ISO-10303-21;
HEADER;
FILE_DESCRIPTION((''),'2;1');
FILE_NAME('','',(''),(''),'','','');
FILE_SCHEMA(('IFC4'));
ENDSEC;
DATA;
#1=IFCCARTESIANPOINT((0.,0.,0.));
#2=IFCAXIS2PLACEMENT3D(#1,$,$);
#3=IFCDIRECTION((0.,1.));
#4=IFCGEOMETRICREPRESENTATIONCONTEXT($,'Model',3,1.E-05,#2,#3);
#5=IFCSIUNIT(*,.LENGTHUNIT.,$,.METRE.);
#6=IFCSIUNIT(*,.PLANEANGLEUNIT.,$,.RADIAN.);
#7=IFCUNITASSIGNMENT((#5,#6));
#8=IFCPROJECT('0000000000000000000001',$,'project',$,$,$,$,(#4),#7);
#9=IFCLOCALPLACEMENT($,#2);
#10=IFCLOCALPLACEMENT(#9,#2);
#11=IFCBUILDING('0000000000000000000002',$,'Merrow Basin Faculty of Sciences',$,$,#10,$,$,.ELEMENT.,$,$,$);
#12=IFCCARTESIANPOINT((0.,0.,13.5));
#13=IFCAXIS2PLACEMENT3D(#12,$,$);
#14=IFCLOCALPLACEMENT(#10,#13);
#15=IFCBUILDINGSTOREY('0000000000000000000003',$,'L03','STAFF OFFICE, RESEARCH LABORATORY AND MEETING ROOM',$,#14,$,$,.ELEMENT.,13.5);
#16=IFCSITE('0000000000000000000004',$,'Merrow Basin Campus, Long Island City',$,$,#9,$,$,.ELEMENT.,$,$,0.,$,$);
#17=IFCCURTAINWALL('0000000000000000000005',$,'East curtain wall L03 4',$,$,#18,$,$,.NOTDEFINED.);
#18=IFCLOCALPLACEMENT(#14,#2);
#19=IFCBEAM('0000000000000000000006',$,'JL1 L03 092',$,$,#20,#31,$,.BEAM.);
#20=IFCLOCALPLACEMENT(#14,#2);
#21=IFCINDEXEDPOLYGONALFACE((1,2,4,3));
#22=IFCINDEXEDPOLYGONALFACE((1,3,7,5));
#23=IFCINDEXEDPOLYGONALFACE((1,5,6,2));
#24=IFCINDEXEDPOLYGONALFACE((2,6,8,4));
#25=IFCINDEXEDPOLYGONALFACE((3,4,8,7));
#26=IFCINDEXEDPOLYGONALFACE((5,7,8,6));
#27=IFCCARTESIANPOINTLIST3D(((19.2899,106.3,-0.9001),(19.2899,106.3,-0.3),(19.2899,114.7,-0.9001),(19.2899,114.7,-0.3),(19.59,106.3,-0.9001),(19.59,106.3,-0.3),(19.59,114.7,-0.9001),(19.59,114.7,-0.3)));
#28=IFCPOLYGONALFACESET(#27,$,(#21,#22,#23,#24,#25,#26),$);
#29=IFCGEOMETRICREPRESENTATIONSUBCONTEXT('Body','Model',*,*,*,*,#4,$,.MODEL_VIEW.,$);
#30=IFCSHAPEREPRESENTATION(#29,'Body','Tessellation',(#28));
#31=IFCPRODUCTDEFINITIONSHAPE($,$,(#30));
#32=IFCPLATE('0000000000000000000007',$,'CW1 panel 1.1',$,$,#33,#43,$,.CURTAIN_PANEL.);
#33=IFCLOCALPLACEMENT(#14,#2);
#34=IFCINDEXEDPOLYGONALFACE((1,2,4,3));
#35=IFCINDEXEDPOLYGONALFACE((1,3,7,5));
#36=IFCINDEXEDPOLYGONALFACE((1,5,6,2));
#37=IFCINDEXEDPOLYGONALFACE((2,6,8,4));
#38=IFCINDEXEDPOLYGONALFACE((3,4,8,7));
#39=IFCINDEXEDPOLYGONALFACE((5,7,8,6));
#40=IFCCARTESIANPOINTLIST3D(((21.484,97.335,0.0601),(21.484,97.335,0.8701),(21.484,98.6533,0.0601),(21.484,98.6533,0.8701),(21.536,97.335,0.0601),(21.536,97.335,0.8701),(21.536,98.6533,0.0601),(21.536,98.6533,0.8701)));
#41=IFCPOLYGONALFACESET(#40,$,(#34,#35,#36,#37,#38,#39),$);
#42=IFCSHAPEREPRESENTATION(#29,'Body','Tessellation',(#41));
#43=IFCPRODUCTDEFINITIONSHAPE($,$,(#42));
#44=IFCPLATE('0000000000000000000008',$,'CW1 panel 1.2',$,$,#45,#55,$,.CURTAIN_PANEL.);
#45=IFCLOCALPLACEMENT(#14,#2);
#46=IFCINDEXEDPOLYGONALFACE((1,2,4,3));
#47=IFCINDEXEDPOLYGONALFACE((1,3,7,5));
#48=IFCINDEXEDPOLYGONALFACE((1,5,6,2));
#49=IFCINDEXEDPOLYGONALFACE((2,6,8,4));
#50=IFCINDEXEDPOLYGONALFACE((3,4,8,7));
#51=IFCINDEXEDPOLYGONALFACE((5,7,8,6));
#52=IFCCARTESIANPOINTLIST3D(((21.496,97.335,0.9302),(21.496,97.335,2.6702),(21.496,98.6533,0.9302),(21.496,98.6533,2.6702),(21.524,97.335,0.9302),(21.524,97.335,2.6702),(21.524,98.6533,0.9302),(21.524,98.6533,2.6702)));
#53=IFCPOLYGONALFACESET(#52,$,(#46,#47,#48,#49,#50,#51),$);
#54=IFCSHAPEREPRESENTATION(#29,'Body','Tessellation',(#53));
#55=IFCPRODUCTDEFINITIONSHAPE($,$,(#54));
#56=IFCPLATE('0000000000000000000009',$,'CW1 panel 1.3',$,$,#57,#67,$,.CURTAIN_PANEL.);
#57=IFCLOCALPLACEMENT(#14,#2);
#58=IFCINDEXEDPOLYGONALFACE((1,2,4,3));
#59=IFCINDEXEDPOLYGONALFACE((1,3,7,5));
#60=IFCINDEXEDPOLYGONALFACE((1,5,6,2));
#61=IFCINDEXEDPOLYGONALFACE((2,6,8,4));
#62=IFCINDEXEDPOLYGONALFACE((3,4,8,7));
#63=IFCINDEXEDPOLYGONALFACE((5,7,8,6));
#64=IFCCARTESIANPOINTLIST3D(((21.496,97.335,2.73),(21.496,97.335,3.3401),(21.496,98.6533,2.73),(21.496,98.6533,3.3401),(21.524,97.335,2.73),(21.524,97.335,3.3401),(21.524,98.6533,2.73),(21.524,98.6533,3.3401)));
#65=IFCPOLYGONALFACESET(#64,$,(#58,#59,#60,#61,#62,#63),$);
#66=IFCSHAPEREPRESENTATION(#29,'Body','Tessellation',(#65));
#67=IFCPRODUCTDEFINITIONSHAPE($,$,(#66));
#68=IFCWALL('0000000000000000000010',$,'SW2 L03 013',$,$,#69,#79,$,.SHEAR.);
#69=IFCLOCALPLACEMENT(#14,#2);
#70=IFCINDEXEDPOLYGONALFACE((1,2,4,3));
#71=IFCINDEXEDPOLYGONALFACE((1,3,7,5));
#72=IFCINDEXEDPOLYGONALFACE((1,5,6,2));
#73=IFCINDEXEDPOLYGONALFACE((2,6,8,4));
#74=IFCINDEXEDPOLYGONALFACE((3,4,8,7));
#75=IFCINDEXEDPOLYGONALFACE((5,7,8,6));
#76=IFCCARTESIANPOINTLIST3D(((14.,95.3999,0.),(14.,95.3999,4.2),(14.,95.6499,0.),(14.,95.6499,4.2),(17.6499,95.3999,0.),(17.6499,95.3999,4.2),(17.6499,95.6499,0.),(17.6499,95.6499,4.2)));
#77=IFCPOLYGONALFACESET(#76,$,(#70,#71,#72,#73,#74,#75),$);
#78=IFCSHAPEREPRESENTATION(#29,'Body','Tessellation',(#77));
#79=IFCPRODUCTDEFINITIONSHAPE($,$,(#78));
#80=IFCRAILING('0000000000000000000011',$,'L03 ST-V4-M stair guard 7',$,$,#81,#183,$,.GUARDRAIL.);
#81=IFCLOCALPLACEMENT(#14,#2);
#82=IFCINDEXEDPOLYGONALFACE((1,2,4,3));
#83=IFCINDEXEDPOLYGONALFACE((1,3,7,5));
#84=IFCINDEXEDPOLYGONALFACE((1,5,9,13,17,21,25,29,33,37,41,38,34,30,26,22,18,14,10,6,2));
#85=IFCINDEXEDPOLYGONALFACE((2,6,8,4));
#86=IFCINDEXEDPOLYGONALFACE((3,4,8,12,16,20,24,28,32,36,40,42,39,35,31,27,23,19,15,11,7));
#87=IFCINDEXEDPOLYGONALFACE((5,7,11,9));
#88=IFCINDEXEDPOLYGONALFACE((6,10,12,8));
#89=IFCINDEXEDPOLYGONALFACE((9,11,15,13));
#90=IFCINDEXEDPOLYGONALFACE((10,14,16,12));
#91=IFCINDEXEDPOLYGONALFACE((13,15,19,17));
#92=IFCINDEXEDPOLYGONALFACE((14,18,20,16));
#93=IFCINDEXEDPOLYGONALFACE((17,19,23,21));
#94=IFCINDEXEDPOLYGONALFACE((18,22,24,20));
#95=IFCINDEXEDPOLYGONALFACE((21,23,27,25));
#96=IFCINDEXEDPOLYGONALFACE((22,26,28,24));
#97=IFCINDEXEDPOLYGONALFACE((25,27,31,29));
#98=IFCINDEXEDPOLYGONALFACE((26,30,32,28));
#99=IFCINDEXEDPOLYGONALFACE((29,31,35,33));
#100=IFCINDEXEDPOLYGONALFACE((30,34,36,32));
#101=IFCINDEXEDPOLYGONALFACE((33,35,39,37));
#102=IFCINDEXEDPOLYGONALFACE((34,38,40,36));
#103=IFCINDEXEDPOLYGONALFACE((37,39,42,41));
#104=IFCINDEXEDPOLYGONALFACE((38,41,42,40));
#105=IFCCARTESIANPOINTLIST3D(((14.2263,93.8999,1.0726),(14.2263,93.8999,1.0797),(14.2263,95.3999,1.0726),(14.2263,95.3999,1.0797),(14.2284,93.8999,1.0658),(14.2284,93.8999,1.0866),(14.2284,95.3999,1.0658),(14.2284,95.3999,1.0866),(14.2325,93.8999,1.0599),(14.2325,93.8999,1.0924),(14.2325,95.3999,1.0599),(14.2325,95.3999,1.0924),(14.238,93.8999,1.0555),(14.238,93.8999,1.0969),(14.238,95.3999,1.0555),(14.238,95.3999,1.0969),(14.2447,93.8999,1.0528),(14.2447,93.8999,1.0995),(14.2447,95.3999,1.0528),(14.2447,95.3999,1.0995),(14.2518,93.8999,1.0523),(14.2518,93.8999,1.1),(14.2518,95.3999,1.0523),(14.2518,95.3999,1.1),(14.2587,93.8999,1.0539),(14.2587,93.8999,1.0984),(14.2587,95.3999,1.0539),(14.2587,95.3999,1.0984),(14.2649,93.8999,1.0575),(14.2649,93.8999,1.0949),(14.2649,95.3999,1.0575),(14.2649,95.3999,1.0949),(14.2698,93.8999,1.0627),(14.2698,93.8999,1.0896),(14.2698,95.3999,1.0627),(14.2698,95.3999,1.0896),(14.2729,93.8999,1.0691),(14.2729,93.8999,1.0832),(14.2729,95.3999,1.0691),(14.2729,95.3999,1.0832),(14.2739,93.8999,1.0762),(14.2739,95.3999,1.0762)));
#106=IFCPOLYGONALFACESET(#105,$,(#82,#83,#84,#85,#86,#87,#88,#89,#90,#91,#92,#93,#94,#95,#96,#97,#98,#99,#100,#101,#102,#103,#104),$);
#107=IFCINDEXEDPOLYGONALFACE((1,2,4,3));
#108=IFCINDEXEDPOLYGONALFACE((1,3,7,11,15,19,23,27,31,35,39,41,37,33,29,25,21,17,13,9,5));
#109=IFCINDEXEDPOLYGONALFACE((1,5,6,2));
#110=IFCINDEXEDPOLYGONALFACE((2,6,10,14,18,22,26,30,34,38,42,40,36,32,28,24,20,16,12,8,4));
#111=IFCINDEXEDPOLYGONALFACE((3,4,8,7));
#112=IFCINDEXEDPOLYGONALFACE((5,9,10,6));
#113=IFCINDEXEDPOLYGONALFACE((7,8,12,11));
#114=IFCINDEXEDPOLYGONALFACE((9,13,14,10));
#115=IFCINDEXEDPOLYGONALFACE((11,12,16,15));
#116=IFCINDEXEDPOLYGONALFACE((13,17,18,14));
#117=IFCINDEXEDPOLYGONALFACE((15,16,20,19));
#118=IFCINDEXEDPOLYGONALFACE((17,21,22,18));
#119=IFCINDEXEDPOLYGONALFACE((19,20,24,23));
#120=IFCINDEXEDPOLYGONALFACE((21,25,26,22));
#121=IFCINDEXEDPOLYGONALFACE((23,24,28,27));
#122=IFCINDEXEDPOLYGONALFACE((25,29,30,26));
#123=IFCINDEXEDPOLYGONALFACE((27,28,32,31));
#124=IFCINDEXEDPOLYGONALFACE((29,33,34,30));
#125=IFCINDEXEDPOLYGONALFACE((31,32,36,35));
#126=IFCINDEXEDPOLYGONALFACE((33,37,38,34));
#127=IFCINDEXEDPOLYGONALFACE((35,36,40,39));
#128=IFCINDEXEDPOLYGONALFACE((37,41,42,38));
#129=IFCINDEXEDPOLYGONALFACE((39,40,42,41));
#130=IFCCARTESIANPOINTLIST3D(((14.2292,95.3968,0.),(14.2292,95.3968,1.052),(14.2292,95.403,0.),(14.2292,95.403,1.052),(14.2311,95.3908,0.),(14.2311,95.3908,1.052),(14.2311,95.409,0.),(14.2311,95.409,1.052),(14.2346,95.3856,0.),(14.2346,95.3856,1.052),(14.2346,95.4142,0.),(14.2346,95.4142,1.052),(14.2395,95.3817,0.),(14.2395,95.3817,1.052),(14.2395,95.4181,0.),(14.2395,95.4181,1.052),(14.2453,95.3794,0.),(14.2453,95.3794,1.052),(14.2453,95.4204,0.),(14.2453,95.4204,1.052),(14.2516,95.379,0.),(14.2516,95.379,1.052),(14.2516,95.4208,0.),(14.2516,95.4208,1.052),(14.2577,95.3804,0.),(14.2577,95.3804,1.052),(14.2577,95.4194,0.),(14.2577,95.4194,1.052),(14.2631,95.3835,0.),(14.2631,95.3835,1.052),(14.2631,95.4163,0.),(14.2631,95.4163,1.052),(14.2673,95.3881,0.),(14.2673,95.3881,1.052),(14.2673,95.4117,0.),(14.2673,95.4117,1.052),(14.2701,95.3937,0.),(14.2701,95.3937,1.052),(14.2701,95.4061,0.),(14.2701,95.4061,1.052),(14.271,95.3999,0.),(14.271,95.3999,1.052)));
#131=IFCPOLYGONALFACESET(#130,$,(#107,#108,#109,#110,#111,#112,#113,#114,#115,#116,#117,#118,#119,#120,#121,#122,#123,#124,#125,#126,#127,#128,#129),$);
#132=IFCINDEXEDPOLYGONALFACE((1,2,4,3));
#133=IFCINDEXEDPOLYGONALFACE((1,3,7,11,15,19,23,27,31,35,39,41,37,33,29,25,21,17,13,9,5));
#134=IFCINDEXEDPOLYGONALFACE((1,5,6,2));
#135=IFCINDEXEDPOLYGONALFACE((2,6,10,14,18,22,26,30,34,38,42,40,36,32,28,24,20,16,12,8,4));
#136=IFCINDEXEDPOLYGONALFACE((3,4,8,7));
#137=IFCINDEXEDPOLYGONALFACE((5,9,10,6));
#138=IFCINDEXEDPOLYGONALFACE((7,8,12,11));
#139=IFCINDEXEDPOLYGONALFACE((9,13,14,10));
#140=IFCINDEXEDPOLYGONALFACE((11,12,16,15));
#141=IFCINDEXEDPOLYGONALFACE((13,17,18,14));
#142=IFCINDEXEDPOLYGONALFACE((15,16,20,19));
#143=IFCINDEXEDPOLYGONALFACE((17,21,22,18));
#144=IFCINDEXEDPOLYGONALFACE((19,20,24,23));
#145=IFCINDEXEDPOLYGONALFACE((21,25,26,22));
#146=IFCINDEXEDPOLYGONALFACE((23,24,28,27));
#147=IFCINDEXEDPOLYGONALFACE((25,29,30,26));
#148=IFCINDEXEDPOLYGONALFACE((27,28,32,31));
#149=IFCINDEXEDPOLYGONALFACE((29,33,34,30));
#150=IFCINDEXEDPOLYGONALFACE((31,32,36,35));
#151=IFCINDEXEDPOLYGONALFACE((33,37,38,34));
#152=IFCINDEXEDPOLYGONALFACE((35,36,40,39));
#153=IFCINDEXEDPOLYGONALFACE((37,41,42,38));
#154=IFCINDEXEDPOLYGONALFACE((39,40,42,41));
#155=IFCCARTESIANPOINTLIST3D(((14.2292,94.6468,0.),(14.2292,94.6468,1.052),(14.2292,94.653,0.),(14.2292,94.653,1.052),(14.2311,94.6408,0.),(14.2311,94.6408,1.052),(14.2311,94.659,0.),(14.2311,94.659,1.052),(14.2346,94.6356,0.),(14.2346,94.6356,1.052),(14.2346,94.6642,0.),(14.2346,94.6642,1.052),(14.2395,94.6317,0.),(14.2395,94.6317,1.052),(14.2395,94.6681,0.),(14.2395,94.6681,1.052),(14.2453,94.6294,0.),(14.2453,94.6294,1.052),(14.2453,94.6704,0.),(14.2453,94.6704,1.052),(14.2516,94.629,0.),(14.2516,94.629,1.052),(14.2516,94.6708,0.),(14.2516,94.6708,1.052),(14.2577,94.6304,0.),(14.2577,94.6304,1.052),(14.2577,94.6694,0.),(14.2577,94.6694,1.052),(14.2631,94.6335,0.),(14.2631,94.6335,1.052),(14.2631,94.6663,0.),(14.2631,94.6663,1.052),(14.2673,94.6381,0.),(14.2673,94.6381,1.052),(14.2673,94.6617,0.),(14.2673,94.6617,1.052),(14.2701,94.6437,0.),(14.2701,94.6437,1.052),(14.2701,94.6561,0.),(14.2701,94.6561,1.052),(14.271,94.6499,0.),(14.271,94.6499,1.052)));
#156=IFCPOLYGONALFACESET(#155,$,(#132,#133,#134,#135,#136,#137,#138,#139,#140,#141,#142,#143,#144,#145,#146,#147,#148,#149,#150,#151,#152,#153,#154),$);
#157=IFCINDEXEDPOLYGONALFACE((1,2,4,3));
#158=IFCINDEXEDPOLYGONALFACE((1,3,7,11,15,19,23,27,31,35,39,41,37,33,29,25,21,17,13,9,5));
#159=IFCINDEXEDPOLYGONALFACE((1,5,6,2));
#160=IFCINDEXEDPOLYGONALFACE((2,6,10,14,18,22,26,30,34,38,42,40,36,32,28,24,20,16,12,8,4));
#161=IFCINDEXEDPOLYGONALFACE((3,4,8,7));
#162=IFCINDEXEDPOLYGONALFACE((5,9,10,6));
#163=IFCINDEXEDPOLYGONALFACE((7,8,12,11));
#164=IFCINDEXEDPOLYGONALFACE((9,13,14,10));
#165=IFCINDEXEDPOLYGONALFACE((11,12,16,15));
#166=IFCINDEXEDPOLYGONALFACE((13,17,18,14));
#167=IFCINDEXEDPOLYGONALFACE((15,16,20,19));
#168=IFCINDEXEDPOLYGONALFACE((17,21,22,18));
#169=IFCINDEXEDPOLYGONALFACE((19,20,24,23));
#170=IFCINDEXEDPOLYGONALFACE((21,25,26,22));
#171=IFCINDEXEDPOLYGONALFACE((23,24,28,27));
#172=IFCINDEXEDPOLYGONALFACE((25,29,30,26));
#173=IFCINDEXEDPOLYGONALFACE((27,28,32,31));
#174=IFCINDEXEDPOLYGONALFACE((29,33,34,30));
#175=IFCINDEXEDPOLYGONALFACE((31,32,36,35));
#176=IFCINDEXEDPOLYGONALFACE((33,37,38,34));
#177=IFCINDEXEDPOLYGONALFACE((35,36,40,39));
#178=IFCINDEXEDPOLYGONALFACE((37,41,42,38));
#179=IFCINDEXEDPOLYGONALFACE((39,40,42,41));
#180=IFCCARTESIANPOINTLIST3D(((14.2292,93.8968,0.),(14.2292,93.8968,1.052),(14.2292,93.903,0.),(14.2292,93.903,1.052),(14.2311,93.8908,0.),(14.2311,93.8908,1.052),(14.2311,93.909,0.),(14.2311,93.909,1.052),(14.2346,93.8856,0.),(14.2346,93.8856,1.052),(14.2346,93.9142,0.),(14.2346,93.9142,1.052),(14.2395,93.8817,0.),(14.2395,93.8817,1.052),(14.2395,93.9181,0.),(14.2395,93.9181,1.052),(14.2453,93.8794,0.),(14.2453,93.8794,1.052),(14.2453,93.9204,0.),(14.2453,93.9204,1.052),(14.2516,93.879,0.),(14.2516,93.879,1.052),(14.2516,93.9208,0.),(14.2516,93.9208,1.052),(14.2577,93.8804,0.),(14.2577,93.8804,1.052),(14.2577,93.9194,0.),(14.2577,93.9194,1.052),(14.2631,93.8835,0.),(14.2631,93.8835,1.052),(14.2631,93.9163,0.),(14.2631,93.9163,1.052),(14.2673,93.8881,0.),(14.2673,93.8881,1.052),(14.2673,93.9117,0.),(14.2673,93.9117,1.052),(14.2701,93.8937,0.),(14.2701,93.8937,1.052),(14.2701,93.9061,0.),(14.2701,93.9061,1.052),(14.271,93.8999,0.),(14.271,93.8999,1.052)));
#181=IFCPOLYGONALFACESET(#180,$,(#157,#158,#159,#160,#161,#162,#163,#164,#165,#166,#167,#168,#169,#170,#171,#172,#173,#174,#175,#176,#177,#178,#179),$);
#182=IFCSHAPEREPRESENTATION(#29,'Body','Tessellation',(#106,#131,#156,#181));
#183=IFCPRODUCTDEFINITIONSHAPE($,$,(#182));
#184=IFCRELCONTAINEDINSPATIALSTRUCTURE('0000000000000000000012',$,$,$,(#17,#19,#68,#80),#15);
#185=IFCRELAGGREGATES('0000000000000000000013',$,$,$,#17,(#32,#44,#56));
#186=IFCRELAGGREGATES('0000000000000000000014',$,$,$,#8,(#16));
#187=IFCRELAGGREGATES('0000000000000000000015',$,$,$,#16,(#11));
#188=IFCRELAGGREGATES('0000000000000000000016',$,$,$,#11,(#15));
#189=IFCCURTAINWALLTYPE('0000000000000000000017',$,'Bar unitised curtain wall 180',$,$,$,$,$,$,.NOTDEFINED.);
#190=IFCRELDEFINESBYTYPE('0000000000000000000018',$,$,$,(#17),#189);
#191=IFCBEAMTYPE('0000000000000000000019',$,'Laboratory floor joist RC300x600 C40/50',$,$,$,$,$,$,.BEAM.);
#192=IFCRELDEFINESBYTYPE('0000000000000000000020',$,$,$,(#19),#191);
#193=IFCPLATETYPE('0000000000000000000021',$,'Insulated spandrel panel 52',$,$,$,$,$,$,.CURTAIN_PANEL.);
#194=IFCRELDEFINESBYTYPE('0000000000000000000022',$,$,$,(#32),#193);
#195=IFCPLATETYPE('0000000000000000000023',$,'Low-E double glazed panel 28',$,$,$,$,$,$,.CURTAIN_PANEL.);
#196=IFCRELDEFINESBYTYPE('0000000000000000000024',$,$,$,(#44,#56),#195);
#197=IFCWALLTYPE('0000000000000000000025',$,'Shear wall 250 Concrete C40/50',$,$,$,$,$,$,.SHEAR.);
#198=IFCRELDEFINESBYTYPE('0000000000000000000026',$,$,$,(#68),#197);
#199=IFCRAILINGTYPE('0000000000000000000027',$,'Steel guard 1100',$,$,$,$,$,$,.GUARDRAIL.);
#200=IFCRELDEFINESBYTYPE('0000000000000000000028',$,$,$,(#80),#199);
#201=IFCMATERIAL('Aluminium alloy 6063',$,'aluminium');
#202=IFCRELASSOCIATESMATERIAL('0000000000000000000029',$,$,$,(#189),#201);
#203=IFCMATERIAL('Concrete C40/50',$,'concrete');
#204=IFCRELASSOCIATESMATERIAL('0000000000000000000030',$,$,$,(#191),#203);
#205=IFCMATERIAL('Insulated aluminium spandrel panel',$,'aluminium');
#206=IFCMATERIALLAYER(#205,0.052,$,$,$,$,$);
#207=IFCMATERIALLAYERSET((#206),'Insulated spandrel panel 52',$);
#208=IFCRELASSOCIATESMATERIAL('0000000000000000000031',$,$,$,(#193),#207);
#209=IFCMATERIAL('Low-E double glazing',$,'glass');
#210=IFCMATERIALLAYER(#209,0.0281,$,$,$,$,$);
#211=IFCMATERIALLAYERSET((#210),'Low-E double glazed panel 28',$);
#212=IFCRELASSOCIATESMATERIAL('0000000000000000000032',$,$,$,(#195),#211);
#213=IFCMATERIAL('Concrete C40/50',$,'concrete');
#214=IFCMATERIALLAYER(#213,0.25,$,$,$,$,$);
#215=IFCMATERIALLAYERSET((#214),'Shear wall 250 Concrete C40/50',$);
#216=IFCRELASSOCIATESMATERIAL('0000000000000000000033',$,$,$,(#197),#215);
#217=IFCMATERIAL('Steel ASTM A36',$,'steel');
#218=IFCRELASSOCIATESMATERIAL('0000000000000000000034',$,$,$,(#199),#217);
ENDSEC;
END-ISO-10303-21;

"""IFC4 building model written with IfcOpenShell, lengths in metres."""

from ifc_helpers import new_model, si_unit, direction, frame, frame_2d, origin, origin_2d, place, context, subcontext, project, spatial, rectangle, circle, extrude, material, layer, layer_set, material_profile, profile_set, type_object, element, aggregate, save


model = new_model("IFC4")

# Units and contexts
model_context = context("Model", 3, precision=1e-05, world=origin(), true_north=direction((0.0, 1.0)))
body_context = subcontext(model_context, "Body", "Model", "MODEL_VIEW")
ifc_project = project(units=[si_unit("LENGTHUNIT", "METRE"), si_unit("PLANEANGLEUNIT", "RADIAN")], contexts=[model_context])

# Site, building, storey
site_placement = place(None, origin())
site = spatial("IfcSite", under=ifc_project, at=site_placement, Name="Merrow Basin Campus, Long Island City", CompositionType="ELEMENT", RefElevation=0.0)
building_placement = place(site_placement, origin())
building = spatial("IfcBuilding", under=site, at=building_placement, Name="Merrow Basin Faculty of Sciences", CompositionType="ELEMENT")
storey_placement = place(building_placement, frame((0.0, 0.0, 13.5)))
storey = spatial("IfcBuildingStorey", under=building, at=storey_placement, Name="L03", Description="STAFF OFFICE, RESEARCH LABORATORY AND MEETING ROOM", CompositionType="ELEMENT", Elevation=13.5)

# Curtain wall
ifc_material_1 = material(Name="Aluminium alloy 6063", Category="aluminium")
curtain_wall_type = type_object("IfcCurtainWallType", Name="Bar unitised curtain wall 180", PredefinedType="NOTDEFINED", material=ifc_material_1)
curtain_wall_placement = place(storey_placement, origin())
curtain_wall = element("IfcCurtainWall", 1, at=curtain_wall_placement, inside=storey, type_object=curtain_wall_type, Name="East curtain wall L03 4", PredefinedType="NOTDEFINED")

# Beam
ifc_material_2 = material(Name="Concrete C40/50", Category="concrete")
ifc_material_profile_1 = material_profile(ifc_material_2, rectangle(XDim=0.3, YDim=0.6001, at=origin_2d()))
ifc_profile_set_1 = profile_set([ifc_material_profile_1], Name="Concrete C40/50")
beam_type = type_object("IfcBeamType", Name="Laboratory floor joist RC300x600 C40/50", PredefinedType="BEAM", material=ifc_profile_set_1)
for number, where, z_axis, x_axis, name in (
    (2, (19.4399, 106.3, -0.6001), (0.0, 1.0, 0.0), (-1.0, 0.0, 0.0), "JL1 L03 092"),
):
    element("IfcBeam", number, at=place(storey_placement, frame(where, z_axis=z_axis, x_axis=x_axis)), inside=storey, type_object=beam_type, Name=name, PredefinedType="BEAM", context=body_context, shape_type="SweptSolid", body=[
        extrude(rectangle(XDim=0.3, YDim=0.6001, at=origin_2d()), origin(), (0.0, 0.0, 1.0), 8.3999),
    ])

# Plates
ifc_material_3 = material(Name="Insulated aluminium spandrel panel", Category="aluminium")
ifc_layer_1 = layer(ifc_material_3, 0.052)
ifc_layer_set_1 = layer_set([ifc_layer_1], Name="Insulated spandrel panel 52")
plate_type_1 = type_object("IfcPlateType", Name="Insulated spandrel panel 52", PredefinedType="CURTAIN_PANEL", material=ifc_layer_set_1)
plate_1_placement = place(storey_placement, frame((21.51, 97.9941, 0.0601), z_axis=(0.0, 0.0, 1.0), x_axis=(0.0, 1.0, 0.0)))
plate_1 = element("IfcPlate", 3, at=plate_1_placement, type_object=plate_type_1, Name="CW1 panel 1.1", PredefinedType="CURTAIN_PANEL", context=body_context, shape_type="SweptSolid", body=[
    extrude(rectangle(XDim=1.3184, YDim=0.052, at=origin_2d()), origin(), (0.0, 0.0, 1.0), 0.8101),
])
ifc_material_4 = material(Name="Low-E double glazing", Category="glass")
ifc_layer_2 = layer(ifc_material_4, 0.0281)
ifc_layer_set_2 = layer_set([ifc_layer_2], Name="Low-E double glazed panel 28")
plate_type_2 = type_object("IfcPlateType", Name="Low-E double glazed panel 28", PredefinedType="CURTAIN_PANEL", material=ifc_layer_set_2)
plate_2_placement = place(storey_placement, frame((21.51, 97.9941, 0.9302), z_axis=(0.0, 0.0, 1.0), x_axis=(0.0, 1.0, 0.0)))
plate_2 = element("IfcPlate", 4, at=plate_2_placement, type_object=plate_type_2, Name="CW1 panel 1.2", PredefinedType="CURTAIN_PANEL", context=body_context, shape_type="SweptSolid", body=[
    extrude(rectangle(XDim=1.3184, YDim=0.0281, at=origin_2d()), origin(), (0.0, 0.0, 1.0), 1.74),
])
plate_3_placement = place(storey_placement, frame((21.51, 97.9941, 2.73), z_axis=(0.0, 0.0, 1.0), x_axis=(0.0, 1.0, 0.0)))
plate_3 = element("IfcPlate", 5, at=plate_3_placement, type_object=plate_type_2, Name="CW1 panel 1.3", PredefinedType="CURTAIN_PANEL", context=body_context, shape_type="SweptSolid", body=[
    extrude(rectangle(XDim=1.3184, YDim=0.0281, at=origin_2d()), origin(), (0.0, 0.0, 1.0), 0.6101),
])
aggregate(curtain_wall, [plate_1, plate_2, plate_3])

# Wall
ifc_material_5 = material(Name="Concrete C40/50", Category="concrete")
ifc_layer_3 = layer(ifc_material_5, 0.25)
ifc_layer_set_3 = layer_set([ifc_layer_3], Name="Shear wall 250 Concrete C40/50")
wall_type = type_object("IfcWallType", Name="Shear wall 250 Concrete C40/50", PredefinedType="SHEAR", material=ifc_layer_set_3)
wall_placement = place(storey_placement, frame((14.0, 95.5249, 0.0), z_axis=(0.0, 0.0, 1.0), x_axis=(1.0, 0.0, 0.0)))
element("IfcWall", 6, at=wall_placement, inside=storey, type_object=wall_type, Name="SW2 L03 013", PredefinedType="SHEAR", context=body_context, shape_type="SweptSolid", body=[
    extrude(rectangle(XDim=3.6499, YDim=0.25, at=frame_2d((1.825, 0.0))), origin(), (0.0, 0.0, 1.0), 4.2),
])

# Railing
ifc_material_6 = material(Name="Steel ASTM A36", Category="steel")
railing_type = type_object("IfcRailingType", Name="Steel guard 1100", PredefinedType="GUARDRAIL", material=ifc_material_6)
railing_1_placement = place(storey_placement, frame((14.25, 95.3999, 0.0)))
element("IfcRailing", 7, at=railing_1_placement, inside=storey, type_object=railing_type, Name="L03 ST-V4-M stair guard 7", PredefinedType="GUARDRAIL", context=body_context, shape_type="SweptSolid", body=[
    extrude(circle(Radius=0.0239, at=origin_2d()), frame((0.0, 0.0, 1.0762), z_axis=(0.0, -1.0, 0.0), x_axis=(1.0, 0.0, 0.0)), (0.0, 0.0, 1.0), 1.5),
    extrude(circle(Radius=0.021, at=origin_2d()), origin(), (0.0, 0.0, 1.0), 1.052),
    extrude(circle(Radius=0.021, at=origin_2d()), frame((0.0, -0.75, 0.0)), (0.0, 0.0, 1.0), 1.052),
    extrude(circle(Radius=0.021, at=origin_2d()), frame((0.0, -1.5, 0.0)), (0.0, 0.0, 1.0), 1.052),
])

save(model, "model.ifc")
